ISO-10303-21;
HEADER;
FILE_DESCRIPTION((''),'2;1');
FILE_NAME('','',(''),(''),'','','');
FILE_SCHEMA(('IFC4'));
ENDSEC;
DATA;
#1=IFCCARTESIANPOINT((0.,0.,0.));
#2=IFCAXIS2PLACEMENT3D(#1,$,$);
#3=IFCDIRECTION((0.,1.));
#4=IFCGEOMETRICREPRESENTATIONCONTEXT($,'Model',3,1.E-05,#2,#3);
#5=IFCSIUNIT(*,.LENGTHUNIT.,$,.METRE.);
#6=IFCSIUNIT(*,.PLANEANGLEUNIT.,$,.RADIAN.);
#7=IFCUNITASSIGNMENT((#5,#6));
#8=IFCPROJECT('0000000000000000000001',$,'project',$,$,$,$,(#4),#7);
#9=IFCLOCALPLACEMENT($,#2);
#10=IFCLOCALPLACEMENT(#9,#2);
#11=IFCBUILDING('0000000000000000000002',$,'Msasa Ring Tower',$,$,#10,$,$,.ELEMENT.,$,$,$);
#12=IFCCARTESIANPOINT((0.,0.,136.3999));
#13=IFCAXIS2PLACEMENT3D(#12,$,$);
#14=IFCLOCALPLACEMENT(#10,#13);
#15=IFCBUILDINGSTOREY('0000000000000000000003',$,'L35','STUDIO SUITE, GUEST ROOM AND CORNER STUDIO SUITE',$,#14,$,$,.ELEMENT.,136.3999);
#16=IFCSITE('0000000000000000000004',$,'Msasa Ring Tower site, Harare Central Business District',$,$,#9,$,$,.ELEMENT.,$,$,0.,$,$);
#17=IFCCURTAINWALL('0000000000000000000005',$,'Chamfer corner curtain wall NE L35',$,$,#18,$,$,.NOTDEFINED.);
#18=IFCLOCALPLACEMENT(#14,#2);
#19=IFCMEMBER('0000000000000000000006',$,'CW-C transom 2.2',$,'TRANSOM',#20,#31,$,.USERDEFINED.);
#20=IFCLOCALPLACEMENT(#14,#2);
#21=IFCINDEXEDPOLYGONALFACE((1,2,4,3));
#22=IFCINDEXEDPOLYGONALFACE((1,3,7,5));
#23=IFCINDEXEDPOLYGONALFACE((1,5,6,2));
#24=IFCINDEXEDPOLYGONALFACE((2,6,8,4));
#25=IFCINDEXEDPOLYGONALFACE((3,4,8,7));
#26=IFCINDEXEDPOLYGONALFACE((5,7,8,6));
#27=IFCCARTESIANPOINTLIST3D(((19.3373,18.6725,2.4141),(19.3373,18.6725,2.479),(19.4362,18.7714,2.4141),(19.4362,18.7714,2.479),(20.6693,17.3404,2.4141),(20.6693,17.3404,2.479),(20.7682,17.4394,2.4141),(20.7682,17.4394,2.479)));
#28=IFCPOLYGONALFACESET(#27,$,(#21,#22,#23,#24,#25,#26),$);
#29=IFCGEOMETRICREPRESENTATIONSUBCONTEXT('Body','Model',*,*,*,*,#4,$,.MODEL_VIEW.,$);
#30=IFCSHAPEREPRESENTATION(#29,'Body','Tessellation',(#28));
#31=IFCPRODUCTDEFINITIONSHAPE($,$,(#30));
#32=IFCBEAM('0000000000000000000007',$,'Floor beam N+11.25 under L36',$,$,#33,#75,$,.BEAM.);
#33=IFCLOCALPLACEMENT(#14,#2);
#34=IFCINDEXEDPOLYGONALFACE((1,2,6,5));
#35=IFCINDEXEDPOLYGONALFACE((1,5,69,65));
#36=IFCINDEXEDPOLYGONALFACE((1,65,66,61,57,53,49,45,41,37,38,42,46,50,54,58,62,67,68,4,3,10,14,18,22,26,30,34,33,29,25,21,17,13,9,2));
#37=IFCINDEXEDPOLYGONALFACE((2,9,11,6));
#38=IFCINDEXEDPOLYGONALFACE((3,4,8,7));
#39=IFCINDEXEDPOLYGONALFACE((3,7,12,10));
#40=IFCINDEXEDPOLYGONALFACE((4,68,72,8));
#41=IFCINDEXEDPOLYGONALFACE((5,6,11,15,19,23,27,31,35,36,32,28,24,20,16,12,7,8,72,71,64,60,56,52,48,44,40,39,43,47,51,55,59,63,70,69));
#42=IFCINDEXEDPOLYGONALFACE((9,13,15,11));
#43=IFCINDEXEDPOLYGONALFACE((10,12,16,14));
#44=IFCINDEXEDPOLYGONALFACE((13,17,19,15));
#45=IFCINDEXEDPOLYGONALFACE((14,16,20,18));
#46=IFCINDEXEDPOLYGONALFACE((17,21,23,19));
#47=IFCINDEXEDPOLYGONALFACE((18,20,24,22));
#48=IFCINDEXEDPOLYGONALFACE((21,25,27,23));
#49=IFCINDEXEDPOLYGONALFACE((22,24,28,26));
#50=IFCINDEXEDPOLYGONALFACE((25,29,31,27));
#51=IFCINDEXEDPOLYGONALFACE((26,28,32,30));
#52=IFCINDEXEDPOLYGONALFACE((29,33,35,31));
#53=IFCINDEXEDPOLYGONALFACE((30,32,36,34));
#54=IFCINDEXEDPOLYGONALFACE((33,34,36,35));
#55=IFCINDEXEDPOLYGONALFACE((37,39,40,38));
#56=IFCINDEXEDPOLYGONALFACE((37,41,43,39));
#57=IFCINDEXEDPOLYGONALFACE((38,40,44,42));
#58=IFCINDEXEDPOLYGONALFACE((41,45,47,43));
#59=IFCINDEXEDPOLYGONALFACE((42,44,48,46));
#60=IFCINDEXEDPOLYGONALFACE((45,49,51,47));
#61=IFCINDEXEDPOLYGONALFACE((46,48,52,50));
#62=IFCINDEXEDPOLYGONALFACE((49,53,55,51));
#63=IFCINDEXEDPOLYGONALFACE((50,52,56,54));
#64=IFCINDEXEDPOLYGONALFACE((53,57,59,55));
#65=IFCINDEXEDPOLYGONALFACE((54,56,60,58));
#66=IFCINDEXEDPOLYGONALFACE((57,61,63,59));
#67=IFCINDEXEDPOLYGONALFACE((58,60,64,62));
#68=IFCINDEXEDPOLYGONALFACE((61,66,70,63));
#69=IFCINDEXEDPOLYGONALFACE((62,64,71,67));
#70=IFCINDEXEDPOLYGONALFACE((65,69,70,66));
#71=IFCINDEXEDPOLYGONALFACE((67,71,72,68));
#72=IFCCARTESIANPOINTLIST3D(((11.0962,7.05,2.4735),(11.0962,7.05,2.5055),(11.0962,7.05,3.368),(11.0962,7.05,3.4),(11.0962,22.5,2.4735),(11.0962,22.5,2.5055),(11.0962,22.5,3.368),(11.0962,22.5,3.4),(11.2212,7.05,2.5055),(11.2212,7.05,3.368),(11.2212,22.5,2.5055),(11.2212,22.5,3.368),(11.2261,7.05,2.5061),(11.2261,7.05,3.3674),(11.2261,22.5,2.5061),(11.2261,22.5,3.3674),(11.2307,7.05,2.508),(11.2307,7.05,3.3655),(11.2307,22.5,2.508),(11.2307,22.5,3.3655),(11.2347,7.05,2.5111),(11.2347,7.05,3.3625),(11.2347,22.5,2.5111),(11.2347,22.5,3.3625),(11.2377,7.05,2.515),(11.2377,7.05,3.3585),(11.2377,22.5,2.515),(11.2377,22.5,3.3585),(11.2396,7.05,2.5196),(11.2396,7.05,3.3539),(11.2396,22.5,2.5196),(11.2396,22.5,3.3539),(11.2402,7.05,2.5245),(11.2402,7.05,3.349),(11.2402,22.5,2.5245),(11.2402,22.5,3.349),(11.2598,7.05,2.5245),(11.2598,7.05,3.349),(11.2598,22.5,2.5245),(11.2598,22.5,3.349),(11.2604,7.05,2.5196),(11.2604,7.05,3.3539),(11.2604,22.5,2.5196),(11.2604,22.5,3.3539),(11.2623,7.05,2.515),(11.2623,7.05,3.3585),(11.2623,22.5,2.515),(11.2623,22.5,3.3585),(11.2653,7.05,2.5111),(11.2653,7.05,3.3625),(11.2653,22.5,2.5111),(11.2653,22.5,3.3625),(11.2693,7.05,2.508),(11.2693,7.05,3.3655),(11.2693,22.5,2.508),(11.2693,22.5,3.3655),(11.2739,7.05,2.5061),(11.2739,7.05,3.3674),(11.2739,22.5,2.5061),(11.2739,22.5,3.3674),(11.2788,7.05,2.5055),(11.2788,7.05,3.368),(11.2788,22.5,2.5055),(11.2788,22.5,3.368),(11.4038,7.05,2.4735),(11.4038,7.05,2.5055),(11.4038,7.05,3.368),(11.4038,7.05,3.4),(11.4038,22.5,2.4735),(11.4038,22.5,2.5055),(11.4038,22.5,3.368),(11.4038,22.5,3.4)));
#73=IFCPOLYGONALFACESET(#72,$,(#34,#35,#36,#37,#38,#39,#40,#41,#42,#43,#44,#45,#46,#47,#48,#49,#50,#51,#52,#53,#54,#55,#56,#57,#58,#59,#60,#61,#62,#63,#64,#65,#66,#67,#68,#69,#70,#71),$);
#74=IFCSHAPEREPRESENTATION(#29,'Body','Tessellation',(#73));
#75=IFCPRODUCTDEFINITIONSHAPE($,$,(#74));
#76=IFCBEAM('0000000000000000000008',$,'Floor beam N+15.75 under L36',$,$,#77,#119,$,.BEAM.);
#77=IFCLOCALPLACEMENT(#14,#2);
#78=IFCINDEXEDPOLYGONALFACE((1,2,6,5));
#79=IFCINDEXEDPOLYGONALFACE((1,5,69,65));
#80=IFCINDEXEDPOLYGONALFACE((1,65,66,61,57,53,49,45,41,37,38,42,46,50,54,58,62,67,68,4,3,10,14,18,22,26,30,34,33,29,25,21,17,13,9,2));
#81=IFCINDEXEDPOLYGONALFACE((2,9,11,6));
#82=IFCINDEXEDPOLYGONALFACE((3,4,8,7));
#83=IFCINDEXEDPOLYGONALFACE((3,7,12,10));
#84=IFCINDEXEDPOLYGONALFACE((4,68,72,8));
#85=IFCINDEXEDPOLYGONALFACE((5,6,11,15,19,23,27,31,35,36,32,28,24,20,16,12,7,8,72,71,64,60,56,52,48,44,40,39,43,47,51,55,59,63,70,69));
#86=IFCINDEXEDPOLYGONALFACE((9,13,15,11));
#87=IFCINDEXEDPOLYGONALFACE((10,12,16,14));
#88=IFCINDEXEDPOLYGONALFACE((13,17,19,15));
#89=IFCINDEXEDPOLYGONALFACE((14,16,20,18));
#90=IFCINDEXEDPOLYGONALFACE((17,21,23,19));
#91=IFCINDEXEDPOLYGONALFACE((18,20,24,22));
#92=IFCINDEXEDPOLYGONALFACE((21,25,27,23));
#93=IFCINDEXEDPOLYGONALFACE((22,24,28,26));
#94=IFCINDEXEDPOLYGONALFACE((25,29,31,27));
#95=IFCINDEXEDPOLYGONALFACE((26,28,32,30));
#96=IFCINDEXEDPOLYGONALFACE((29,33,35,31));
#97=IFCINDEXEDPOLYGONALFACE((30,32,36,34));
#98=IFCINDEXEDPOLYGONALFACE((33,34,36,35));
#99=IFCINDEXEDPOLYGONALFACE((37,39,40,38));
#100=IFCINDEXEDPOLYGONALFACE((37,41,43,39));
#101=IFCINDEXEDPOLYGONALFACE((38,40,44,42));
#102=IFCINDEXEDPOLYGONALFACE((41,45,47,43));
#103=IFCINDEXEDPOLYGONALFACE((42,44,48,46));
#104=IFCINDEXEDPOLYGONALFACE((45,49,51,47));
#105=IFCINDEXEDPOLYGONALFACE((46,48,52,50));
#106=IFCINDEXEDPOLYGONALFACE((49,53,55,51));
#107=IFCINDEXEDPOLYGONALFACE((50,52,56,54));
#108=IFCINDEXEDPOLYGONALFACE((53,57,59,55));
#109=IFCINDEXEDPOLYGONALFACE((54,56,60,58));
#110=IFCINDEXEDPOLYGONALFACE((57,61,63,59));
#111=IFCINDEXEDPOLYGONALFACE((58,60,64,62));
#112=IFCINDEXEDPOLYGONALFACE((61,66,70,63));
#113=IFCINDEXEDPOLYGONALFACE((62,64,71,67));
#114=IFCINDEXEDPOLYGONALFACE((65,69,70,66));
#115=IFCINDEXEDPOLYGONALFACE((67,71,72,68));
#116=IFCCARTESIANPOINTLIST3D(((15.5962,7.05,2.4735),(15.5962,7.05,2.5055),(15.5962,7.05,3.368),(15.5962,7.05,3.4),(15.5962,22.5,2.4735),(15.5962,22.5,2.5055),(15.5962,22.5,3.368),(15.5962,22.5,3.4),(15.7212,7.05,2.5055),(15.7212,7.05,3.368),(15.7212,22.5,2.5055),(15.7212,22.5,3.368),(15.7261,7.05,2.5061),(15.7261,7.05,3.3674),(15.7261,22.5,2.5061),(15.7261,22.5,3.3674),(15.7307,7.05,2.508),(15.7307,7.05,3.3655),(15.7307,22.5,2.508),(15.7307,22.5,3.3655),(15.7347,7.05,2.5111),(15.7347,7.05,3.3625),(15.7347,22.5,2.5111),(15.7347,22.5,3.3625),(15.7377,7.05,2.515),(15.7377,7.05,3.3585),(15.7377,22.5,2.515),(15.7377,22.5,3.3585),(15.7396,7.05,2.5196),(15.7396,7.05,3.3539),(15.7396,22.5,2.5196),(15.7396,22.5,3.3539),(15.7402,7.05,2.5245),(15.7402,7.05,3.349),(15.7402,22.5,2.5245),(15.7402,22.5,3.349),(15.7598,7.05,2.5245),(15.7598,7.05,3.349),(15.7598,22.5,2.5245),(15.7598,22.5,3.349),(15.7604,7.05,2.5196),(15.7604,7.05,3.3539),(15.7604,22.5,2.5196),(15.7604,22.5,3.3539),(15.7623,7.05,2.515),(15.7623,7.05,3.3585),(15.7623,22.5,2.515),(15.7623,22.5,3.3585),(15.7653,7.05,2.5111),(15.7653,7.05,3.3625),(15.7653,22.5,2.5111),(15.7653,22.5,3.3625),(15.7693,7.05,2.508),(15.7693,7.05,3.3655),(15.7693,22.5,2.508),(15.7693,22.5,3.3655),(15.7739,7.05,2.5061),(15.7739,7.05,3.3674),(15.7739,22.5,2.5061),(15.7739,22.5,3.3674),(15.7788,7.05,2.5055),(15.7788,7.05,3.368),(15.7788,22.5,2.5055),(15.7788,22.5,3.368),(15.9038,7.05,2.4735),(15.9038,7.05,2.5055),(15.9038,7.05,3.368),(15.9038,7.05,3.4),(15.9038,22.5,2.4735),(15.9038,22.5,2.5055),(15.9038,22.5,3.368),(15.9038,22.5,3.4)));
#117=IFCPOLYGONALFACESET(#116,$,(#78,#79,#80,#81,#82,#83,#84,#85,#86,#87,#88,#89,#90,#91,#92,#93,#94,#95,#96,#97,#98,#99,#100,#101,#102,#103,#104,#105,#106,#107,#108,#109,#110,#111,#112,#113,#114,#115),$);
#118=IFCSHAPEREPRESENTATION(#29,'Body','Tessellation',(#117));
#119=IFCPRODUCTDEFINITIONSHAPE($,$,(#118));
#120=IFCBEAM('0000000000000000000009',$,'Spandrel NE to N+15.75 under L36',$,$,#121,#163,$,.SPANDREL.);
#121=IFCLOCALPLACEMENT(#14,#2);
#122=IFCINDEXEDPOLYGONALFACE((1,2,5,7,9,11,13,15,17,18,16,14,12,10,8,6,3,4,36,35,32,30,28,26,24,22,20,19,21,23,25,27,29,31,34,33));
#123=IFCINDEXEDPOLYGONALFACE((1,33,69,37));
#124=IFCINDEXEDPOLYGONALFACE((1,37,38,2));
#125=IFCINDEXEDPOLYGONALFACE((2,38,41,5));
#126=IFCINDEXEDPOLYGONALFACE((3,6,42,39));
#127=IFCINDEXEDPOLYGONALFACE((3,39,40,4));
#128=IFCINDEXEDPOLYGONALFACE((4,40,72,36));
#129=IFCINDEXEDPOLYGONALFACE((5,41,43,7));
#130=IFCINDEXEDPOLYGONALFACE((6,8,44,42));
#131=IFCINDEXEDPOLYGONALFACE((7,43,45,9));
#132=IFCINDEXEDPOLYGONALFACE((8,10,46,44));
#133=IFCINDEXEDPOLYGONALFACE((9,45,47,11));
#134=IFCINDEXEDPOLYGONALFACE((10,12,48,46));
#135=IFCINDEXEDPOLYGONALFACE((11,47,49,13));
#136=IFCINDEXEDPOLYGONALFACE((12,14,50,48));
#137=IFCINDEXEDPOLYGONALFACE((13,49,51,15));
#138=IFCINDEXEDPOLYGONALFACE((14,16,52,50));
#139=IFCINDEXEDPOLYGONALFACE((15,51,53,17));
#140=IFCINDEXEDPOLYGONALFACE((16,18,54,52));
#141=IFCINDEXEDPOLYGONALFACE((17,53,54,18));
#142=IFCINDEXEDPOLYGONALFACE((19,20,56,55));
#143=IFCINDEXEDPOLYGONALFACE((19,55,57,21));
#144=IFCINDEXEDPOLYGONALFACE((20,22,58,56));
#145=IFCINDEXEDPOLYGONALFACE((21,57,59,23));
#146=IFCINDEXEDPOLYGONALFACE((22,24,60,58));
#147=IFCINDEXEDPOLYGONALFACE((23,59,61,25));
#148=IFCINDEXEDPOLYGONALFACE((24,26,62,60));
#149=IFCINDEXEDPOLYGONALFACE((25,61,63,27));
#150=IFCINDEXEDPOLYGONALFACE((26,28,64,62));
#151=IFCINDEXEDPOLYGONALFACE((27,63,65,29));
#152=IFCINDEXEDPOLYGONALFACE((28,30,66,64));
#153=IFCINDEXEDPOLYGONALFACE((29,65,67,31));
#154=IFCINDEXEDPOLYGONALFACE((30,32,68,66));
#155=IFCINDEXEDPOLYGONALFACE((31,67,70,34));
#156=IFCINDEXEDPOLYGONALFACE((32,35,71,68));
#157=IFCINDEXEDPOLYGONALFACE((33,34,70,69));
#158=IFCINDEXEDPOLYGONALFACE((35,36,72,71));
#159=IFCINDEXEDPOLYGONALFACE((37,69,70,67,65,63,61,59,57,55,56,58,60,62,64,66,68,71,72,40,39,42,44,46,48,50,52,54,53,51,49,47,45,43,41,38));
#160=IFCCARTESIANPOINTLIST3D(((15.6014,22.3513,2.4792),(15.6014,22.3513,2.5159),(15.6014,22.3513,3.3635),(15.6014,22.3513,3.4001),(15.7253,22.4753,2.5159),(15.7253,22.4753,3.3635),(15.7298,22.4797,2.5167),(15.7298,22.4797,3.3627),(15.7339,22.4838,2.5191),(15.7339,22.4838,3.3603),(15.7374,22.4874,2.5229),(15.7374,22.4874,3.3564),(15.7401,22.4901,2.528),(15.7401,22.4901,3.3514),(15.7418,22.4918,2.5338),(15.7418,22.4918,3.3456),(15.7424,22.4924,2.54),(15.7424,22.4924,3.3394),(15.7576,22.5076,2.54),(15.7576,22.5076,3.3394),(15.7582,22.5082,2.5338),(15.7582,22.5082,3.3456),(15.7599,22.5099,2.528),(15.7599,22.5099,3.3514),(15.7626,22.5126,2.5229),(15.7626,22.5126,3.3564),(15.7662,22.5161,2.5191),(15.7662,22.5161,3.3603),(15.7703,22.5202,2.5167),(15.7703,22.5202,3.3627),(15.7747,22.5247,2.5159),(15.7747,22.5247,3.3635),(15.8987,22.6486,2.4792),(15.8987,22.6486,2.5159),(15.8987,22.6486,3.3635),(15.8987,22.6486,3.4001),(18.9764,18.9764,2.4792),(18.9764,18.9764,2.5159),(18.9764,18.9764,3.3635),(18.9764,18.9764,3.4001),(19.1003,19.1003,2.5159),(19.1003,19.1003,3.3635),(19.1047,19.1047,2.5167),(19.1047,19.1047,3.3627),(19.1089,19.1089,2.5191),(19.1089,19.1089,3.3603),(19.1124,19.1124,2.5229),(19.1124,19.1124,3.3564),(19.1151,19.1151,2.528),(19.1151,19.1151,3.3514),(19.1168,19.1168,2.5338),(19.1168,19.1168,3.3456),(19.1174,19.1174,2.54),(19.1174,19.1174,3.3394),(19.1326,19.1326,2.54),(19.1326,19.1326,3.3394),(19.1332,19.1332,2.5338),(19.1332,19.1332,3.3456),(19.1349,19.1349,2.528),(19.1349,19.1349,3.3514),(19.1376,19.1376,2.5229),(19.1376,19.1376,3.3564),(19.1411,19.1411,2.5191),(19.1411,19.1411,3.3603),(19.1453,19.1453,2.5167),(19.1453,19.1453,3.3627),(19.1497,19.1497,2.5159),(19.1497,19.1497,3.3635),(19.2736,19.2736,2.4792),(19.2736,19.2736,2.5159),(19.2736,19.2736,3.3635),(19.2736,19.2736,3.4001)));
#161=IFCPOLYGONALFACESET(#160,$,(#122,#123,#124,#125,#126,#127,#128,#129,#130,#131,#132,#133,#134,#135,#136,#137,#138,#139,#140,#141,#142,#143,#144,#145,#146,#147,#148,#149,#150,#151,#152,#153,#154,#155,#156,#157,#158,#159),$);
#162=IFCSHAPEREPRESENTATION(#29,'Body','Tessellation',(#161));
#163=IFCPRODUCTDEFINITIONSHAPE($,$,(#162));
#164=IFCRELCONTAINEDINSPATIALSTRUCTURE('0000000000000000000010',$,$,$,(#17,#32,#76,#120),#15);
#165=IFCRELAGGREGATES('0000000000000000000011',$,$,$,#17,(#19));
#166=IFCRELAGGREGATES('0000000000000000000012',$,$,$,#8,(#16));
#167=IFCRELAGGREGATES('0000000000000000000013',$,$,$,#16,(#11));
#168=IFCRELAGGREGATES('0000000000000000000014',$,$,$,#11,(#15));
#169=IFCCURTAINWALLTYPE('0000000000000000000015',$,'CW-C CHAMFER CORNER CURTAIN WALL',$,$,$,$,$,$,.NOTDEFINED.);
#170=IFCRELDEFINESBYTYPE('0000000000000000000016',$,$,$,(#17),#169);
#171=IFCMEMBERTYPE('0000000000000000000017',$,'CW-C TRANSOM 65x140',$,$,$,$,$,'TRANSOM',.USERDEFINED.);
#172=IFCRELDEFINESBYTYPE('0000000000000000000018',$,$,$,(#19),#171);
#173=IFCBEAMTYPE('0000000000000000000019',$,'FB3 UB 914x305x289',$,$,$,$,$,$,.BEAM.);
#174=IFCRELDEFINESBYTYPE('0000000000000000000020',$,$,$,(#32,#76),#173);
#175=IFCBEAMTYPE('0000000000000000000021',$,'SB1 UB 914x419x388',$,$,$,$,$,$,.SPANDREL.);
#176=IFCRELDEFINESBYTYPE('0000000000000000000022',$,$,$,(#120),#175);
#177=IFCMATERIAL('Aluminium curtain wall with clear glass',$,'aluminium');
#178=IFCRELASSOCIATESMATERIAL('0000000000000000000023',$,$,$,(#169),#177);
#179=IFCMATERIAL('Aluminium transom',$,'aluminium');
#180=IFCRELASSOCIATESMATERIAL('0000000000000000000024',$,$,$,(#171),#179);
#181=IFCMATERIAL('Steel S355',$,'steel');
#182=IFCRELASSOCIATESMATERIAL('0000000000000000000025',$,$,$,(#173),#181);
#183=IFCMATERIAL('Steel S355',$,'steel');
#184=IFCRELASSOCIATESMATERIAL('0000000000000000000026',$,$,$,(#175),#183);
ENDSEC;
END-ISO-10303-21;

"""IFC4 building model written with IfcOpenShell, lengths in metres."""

from ifc_helpers import new_model, si_unit, direction, frame, origin, origin_2d, place, context, subcontext, project, spatial, rectangle, i_section, extrude, material, material_profile, profile_set, type_object, element, aggregate, save


model = new_model("IFC4")

# Units and contexts
model_context = context("Model", 3, precision=1e-05, world=origin(), true_north=direction((0.0, 1.0)))
body_context = subcontext(model_context, "Body", "Model", "MODEL_VIEW")
ifc_project = project(units=[si_unit("LENGTHUNIT", "METRE"), si_unit("PLANEANGLEUNIT", "RADIAN")], contexts=[model_context])

# Site, building, storey
site_placement = place(None, origin())
site = spatial("IfcSite", under=ifc_project, at=site_placement, Name="Msasa Ring Tower site, Harare Central Business District", CompositionType="ELEMENT", RefElevation=0.0)
building_placement = place(site_placement, origin())
building = spatial("IfcBuilding", under=site, at=building_placement, Name="Msasa Ring Tower", CompositionType="ELEMENT")
storey_placement = place(building_placement, frame((0.0, 0.0, 136.3999)))
storey = spatial("IfcBuildingStorey", under=building, at=storey_placement, Name="L35", Description="STUDIO SUITE, GUEST ROOM AND CORNER STUDIO SUITE", CompositionType="ELEMENT", Elevation=136.3999)

# Curtain wall
ifc_material_1 = material(Name="Aluminium curtain wall with clear glass", Category="aluminium")
curtain_wall_type = type_object("IfcCurtainWallType", Name="CW-C CHAMFER CORNER CURTAIN WALL", PredefinedType="NOTDEFINED", material=ifc_material_1)
curtain_wall_1_placement = place(storey_placement, origin())
curtain_wall_1 = element("IfcCurtainWall", 1, at=curtain_wall_1_placement, inside=storey, type_object=curtain_wall_type, Name="Chamfer corner curtain wall NE L35", PredefinedType="NOTDEFINED")

# Member
ifc_material_2 = material(Name="Aluminium transom", Category="aluminium")
ifc_material_profile_1 = material_profile(ifc_material_2, rectangle(XDim=0.1399, YDim=0.0649, at=origin_2d()), Name="AL 65x140")
ifc_profile_set_1 = profile_set([ifc_material_profile_1], Name="Aluminium transom")
member_type_1 = type_object("IfcMemberType", Name="CW-C TRANSOM 65x140", ElementType="TRANSOM", PredefinedType="USERDEFINED", material=ifc_profile_set_1)
member_1_placement = place(storey_placement, frame((20.7188, 17.3899, 2.4465), z_axis=(-0.707107, 0.707107, 0.0), x_axis=(-0.707107, -0.707107, 0.0)))
member_1 = element("IfcMember", 2, at=member_1_placement, type_object=member_type_1, Name="CW-C transom 2.2", ObjectType="TRANSOM", PredefinedType="USERDEFINED", context=body_context, shape_type="SweptSolid", body=[
    extrude(rectangle(XDim=0.1399, YDim=0.0649, at=origin_2d()), origin(), (0.0, 0.0, 1.0), 1.8838),
])

# Beams
ifc_material_3 = material(Name="Steel S355", Category="steel")
ifc_material_profile_2 = material_profile(ifc_material_3, i_section(OverallWidth=0.3076, OverallDepth=0.9265, WebThickness=0.0195, FlangeThickness=0.032, FilletRadius=0.019, at=origin_2d()), Name="UB 914x305x289")
ifc_profile_set_2 = profile_set([ifc_material_profile_2], Name="Steel S355")
beam_type_1 = type_object("IfcBeamType", Name="FB3 UB 914x305x289", PredefinedType="BEAM", material=ifc_profile_set_2)
for number, where, z_axis, x_axis, name in (
    (3, (11.25, 22.5, 2.9368), (0.0, -1.0, 0.0), (1.0, 0.0, 0.0), "Floor beam N+11.25 under L36"),
    (4, (15.75, 22.5, 2.9368), (0.0, -1.0, 0.0), (1.0, 0.0, 0.0), "Floor beam N+15.75 under L36"),
):
    element("IfcBeam", number, at=place(storey_placement, frame(where, z_axis=z_axis, x_axis=x_axis)), inside=storey, type_object=beam_type_1, Name=name, PredefinedType="BEAM", context=body_context, shape_type="SweptSolid", body=[
        extrude(i_section(OverallWidth=0.3076, OverallDepth=0.9265, WebThickness=0.0195, FlangeThickness=0.032, FilletRadius=0.019, at=origin_2d()), origin(), (0.0, 0.0, 1.0), 15.45),
    ])
ifc_material_4 = material(Name="Steel S355", Category="steel")
ifc_material_profile_3 = material_profile(ifc_material_4, i_section(OverallWidth=0.4204, OverallDepth=0.9209, WebThickness=0.0215, FlangeThickness=0.0366, FilletRadius=0.0242, at=origin_2d()), Name="UB 914x419x388")
ifc_profile_set_3 = profile_set([ifc_material_profile_3], Name="Steel S355")
beam_type_2 = type_object("IfcBeamType", Name="SB1 UB 914x419x388", PredefinedType="SPANDREL", material=ifc_profile_set_3)
beam_placement = place(storey_placement, frame((19.125, 19.125, 2.9397), z_axis=(-0.707107, 0.707107, 0.0), x_axis=(-0.707107, -0.707107, 0.0)))
element("IfcBeam", 5, at=beam_placement, inside=storey, type_object=beam_type_2, Name="Spandrel NE to N+15.75 under L36", PredefinedType="SPANDREL", context=body_context, shape_type="SweptSolid", body=[
    extrude(i_section(OverallWidth=0.4204, OverallDepth=0.9209, WebThickness=0.0215, FlangeThickness=0.0366, FilletRadius=0.0242, at=origin_2d()), origin(), (0.0, 0.0, 1.0), 4.7729),
])

aggregate(curtain_wall_1, [member_1])

save(model, "model.ifc")
